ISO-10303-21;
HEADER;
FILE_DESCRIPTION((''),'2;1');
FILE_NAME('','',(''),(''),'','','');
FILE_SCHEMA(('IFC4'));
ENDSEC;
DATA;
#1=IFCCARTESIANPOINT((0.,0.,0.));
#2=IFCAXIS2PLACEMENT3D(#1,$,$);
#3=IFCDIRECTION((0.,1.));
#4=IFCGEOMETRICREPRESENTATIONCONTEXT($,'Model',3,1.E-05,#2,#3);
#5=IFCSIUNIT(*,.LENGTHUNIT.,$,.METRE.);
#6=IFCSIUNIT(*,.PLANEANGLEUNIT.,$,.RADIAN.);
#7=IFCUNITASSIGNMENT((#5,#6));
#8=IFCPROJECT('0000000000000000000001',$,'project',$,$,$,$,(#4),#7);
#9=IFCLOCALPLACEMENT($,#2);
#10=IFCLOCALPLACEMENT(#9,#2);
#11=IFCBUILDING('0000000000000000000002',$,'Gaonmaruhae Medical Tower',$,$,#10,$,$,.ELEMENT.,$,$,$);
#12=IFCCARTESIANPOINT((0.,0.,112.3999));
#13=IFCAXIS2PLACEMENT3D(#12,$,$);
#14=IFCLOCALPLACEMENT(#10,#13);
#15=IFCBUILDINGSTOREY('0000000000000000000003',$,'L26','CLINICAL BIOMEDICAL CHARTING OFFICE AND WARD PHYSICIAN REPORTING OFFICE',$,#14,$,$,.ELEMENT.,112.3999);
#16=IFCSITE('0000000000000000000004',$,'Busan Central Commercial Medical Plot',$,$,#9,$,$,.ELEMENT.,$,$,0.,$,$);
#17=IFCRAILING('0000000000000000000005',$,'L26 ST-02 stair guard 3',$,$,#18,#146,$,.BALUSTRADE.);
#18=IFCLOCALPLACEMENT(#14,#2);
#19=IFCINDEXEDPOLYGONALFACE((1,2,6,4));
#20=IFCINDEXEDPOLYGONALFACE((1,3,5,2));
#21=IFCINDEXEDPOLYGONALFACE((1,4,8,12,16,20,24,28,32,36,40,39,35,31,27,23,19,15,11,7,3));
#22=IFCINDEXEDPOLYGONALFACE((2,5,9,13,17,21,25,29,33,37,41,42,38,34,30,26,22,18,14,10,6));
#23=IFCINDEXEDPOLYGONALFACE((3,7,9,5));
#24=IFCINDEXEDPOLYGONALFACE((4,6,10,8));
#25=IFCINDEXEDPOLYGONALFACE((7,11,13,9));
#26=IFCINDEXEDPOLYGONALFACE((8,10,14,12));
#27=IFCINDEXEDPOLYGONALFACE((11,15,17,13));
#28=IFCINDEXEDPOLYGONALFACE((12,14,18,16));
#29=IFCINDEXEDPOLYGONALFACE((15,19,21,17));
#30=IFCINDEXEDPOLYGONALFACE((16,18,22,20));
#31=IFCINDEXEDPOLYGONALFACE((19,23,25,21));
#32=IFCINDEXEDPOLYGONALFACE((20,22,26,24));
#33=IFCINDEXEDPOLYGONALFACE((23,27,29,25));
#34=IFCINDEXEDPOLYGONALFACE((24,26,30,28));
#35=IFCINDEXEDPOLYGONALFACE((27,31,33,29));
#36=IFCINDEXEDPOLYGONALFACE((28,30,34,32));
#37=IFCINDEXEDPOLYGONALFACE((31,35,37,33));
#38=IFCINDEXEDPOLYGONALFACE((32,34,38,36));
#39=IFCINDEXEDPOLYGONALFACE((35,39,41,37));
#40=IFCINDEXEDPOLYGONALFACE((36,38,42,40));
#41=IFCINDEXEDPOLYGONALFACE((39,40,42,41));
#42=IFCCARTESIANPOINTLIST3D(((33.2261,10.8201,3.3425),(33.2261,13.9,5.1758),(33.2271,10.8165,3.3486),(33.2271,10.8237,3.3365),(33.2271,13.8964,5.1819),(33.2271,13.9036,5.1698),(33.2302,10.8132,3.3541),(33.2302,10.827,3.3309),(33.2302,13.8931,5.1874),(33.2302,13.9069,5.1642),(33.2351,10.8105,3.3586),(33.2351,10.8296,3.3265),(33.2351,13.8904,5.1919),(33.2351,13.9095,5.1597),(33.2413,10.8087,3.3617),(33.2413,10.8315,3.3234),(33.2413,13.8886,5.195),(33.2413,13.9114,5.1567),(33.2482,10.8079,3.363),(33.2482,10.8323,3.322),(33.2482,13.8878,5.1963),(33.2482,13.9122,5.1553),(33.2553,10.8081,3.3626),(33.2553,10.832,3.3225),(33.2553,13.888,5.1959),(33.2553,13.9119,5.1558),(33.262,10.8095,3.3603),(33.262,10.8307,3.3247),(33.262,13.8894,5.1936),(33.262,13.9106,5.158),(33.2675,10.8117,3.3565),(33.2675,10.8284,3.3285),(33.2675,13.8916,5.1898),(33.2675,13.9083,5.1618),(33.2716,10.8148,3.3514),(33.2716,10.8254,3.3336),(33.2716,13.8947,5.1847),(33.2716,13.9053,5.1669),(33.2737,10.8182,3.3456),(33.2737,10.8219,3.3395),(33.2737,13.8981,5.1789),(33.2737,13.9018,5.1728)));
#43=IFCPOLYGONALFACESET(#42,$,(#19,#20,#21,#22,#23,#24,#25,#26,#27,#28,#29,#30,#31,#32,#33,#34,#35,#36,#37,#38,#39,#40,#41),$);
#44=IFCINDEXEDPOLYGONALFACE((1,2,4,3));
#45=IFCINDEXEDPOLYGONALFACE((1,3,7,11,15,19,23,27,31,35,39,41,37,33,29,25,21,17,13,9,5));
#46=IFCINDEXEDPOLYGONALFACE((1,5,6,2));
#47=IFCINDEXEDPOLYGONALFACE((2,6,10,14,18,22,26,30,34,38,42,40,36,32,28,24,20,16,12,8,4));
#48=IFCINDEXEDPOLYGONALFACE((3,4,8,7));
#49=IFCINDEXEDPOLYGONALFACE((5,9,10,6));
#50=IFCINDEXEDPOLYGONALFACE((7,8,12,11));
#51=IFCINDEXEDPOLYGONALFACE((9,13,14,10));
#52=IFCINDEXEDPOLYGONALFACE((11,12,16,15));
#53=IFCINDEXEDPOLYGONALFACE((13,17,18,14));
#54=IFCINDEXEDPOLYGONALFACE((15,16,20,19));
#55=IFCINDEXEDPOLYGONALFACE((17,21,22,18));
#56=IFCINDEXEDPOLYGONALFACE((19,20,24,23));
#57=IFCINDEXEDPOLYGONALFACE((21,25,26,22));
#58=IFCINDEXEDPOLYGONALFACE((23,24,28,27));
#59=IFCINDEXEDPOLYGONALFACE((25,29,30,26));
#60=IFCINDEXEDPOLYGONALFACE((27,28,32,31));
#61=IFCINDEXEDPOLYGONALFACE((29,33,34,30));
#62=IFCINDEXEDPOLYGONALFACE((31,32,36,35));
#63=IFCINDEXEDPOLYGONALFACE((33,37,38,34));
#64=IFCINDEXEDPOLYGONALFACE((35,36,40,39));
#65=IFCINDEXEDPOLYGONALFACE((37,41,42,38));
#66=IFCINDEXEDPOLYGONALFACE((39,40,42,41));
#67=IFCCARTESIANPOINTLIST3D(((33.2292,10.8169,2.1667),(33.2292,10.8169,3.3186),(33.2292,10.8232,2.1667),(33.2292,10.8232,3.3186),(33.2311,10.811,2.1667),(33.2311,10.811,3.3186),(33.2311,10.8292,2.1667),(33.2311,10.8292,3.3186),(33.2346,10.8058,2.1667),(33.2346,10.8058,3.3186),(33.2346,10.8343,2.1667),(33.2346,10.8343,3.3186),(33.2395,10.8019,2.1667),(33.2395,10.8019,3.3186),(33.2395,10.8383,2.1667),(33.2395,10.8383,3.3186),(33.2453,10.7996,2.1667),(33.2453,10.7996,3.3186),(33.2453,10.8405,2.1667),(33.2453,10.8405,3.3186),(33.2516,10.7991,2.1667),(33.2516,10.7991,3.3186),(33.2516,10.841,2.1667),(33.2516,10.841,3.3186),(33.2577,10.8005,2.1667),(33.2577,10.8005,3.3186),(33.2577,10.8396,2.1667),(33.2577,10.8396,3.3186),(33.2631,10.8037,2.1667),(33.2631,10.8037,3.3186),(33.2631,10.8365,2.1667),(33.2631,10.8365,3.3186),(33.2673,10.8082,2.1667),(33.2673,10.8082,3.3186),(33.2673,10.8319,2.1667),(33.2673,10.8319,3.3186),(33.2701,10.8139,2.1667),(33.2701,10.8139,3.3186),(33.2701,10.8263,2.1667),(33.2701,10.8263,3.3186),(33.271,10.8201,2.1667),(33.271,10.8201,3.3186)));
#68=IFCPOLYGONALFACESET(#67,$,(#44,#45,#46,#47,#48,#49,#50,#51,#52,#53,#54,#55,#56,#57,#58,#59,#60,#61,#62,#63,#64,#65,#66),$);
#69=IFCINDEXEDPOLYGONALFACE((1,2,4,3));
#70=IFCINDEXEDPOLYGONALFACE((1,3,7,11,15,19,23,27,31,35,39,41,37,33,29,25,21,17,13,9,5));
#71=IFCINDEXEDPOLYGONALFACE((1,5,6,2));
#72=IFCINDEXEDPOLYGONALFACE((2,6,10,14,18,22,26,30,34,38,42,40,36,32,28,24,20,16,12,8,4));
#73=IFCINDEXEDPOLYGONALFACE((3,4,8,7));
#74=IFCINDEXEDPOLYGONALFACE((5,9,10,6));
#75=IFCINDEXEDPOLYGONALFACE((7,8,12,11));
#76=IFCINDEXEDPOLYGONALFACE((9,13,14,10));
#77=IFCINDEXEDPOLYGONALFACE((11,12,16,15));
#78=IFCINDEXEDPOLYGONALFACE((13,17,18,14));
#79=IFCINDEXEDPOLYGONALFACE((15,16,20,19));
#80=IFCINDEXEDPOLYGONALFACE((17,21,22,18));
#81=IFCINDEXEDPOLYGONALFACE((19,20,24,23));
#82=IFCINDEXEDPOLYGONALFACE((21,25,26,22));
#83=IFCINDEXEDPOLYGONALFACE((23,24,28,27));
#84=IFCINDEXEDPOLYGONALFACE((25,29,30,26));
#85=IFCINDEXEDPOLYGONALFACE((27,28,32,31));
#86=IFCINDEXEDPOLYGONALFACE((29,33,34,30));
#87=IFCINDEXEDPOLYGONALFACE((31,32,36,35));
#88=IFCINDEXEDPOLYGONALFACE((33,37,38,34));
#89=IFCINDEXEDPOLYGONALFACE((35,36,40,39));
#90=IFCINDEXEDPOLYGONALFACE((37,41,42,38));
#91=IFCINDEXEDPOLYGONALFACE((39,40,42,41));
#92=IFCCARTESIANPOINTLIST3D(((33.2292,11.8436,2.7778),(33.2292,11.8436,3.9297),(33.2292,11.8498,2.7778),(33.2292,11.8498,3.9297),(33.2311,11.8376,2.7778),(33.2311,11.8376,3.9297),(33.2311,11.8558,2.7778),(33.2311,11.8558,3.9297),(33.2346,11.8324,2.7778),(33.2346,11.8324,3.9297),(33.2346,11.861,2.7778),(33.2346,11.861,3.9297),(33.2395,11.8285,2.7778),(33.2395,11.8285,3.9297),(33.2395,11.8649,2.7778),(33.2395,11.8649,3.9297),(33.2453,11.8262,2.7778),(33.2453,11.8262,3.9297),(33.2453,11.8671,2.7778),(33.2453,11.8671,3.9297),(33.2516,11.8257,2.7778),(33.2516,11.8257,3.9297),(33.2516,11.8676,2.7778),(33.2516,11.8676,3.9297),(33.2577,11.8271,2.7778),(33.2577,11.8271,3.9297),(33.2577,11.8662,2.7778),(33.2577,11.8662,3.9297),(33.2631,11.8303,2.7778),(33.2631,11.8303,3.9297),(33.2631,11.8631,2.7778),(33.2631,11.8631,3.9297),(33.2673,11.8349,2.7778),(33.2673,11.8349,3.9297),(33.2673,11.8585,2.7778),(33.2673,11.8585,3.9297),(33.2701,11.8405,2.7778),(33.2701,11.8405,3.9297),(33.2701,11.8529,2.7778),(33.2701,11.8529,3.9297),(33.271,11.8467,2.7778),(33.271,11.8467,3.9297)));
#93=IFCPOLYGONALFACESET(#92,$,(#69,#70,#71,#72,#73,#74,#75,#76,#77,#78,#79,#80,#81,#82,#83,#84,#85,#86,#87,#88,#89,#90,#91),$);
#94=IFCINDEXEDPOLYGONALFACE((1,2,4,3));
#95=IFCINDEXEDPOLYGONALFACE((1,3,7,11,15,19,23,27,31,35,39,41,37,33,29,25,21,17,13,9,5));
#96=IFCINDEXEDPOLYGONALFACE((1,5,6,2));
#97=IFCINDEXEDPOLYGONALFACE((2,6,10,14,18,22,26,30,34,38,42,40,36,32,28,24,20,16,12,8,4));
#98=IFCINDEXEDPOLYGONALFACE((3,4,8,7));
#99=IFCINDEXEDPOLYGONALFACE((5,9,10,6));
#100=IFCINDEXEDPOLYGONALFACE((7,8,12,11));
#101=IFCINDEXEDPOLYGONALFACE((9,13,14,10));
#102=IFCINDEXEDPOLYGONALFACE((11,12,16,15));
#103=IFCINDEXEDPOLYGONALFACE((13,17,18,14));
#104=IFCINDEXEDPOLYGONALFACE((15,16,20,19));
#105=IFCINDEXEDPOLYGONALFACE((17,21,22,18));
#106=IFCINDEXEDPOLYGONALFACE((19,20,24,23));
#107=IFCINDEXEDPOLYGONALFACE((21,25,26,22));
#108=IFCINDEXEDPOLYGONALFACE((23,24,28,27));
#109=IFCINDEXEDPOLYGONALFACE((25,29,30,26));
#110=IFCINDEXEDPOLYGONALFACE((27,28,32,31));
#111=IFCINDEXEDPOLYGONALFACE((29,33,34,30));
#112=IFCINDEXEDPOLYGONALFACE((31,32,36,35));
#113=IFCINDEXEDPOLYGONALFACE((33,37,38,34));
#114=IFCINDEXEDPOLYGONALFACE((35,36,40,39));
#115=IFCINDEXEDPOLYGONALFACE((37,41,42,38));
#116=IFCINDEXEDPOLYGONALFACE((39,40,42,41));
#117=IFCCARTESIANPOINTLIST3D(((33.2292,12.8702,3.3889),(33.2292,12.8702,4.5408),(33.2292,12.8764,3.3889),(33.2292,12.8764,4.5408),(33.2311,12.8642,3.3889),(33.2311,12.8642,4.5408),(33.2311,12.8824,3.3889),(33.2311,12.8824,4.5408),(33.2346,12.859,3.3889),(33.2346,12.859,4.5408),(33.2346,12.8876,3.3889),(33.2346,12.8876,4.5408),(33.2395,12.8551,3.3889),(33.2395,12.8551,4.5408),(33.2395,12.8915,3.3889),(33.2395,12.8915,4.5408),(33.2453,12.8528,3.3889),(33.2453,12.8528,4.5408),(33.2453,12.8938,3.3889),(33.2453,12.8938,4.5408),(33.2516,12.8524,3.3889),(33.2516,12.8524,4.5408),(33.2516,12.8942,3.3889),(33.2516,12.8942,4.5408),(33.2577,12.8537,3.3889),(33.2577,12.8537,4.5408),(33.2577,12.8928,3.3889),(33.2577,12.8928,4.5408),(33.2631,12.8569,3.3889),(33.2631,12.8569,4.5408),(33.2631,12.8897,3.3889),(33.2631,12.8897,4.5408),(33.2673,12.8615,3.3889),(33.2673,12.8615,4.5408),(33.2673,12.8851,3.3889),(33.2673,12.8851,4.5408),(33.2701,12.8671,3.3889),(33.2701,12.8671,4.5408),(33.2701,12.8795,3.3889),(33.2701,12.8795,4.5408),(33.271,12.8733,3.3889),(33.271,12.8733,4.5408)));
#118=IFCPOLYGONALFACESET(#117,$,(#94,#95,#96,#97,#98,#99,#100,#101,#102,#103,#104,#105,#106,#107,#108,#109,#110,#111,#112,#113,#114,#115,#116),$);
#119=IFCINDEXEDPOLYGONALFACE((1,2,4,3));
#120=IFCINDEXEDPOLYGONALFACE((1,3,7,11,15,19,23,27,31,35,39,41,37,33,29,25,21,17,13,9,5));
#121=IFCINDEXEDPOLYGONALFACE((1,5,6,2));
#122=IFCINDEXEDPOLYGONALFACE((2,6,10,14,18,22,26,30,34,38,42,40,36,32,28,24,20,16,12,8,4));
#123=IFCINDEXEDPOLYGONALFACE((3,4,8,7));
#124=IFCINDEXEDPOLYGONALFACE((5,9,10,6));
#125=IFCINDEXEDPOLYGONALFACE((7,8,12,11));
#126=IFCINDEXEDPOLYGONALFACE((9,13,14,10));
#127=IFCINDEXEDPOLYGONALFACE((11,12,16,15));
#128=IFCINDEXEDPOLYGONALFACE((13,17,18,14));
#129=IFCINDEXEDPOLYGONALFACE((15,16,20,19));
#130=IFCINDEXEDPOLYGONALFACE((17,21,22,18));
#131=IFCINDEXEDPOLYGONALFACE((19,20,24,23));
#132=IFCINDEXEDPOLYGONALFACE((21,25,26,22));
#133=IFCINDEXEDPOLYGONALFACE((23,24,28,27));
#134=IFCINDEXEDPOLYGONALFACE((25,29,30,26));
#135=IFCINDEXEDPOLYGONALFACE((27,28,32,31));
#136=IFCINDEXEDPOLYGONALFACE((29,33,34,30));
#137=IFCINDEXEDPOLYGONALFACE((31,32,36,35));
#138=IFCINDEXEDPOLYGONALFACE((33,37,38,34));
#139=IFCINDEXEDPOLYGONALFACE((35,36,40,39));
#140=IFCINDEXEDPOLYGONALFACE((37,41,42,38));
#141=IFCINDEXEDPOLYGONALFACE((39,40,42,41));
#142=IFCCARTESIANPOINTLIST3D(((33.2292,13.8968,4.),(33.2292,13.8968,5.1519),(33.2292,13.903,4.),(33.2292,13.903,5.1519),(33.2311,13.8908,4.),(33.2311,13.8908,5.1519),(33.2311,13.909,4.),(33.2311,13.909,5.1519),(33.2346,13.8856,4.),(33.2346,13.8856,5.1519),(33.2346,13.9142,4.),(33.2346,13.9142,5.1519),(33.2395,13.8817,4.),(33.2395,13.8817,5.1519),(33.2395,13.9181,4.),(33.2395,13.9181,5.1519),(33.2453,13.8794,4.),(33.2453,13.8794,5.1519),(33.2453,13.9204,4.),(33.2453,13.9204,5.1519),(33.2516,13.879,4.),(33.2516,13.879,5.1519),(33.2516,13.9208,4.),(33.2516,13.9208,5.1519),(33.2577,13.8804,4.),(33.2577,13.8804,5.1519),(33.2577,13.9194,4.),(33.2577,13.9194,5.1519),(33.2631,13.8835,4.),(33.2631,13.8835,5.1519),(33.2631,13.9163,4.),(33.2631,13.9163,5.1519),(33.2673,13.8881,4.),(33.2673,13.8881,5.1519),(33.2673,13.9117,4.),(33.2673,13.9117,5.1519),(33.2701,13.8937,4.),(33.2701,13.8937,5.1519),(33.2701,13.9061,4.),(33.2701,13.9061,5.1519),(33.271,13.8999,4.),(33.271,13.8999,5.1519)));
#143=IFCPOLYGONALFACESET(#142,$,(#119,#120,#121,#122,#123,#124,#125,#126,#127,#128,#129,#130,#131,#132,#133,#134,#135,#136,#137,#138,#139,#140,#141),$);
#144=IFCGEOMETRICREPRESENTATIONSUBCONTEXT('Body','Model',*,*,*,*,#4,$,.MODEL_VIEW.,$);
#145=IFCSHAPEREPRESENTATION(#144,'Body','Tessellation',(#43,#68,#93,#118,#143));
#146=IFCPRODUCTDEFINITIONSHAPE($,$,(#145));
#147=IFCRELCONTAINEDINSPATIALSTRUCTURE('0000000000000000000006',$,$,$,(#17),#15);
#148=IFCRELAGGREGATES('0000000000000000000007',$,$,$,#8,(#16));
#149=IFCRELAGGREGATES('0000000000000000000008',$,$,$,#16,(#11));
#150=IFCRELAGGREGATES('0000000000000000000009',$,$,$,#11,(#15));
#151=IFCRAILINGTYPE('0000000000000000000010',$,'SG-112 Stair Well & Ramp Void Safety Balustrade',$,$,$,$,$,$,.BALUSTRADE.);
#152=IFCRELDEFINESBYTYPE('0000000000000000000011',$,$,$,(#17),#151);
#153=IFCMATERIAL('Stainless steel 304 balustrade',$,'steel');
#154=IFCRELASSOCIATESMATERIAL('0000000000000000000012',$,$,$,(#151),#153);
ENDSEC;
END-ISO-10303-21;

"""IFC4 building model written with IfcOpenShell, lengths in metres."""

from ifc_helpers import new_model, si_unit, direction, frame, origin, origin_2d, place, context, subcontext, project, spatial, circle, extrude, material, type_object, element, save


model = new_model("IFC4")

# Units and contexts
model_context = context("Model", 3, precision=1e-05, world=origin(), true_north=direction((0.0, 1.0)))
body_context = subcontext(model_context, "Body", "Model", "MODEL_VIEW")
ifc_project = project(units=[si_unit("LENGTHUNIT", "METRE"), si_unit("PLANEANGLEUNIT", "RADIAN")], contexts=[model_context])

# Site, building, storey
site_placement = place(None, origin())
site = spatial("IfcSite", under=ifc_project, at=site_placement, Name="Busan Central Commercial Medical Plot", CompositionType="ELEMENT", RefElevation=0.0)
building_placement = place(site_placement, origin())
building = spatial("IfcBuilding", under=site, at=building_placement, Name="Gaonmaruhae Medical Tower", CompositionType="ELEMENT")
storey_placement = place(building_placement, frame((0.0, 0.0, 112.3999)))
storey = spatial("IfcBuildingStorey", under=building, at=storey_placement, Name="L26", Description="CLINICAL BIOMEDICAL CHARTING OFFICE AND WARD PHYSICIAN REPORTING OFFICE", CompositionType="ELEMENT", Elevation=112.3999)

# Railing
ifc_material_1 = material(Name="Stainless steel 304 balustrade", Category="steel")
railing_type_1 = type_object("IfcRailingType", Name="SG-112 Stair Well & Ramp Void Safety Balustrade", PredefinedType="BALUSTRADE", material=ifc_material_1)
railing_1_placement = place(storey_placement, frame((33.25, 10.8201, 2.1667)))
element("IfcRailing", 1, at=railing_1_placement, inside=storey, type_object=railing_type_1, Name="L26 ST-02 stair guard 3", PredefinedType="BALUSTRADE", context=body_context, shape_type="SweptSolid", body=[
    extrude(circle(Radius=0.0239, at=origin_2d()), frame((0.0, 0.0, 1.1758), z_axis=(0.0, 0.859291, 0.511487), x_axis=(-1.0, 0.0, 0.0)), (0.0, 0.0, 1.0), 3.5842),
    extrude(circle(Radius=0.021, at=origin_2d()), origin(), (0.0, 0.0, 1.0), 1.1519),
    extrude(circle(Radius=0.021, at=origin_2d()), frame((0.0, 1.0266, 0.6111)), (0.0, 0.0, 1.0), 1.1519),
    extrude(circle(Radius=0.021, at=origin_2d()), frame((0.0, 2.0532, 1.2222)), (0.0, 0.0, 1.0), 1.1519),
    extrude(circle(Radius=0.021, at=origin_2d()), frame((0.0, 3.0798, 1.8333)), (0.0, 0.0, 1.0), 1.1519),
])

save(model, "model.ifc")
